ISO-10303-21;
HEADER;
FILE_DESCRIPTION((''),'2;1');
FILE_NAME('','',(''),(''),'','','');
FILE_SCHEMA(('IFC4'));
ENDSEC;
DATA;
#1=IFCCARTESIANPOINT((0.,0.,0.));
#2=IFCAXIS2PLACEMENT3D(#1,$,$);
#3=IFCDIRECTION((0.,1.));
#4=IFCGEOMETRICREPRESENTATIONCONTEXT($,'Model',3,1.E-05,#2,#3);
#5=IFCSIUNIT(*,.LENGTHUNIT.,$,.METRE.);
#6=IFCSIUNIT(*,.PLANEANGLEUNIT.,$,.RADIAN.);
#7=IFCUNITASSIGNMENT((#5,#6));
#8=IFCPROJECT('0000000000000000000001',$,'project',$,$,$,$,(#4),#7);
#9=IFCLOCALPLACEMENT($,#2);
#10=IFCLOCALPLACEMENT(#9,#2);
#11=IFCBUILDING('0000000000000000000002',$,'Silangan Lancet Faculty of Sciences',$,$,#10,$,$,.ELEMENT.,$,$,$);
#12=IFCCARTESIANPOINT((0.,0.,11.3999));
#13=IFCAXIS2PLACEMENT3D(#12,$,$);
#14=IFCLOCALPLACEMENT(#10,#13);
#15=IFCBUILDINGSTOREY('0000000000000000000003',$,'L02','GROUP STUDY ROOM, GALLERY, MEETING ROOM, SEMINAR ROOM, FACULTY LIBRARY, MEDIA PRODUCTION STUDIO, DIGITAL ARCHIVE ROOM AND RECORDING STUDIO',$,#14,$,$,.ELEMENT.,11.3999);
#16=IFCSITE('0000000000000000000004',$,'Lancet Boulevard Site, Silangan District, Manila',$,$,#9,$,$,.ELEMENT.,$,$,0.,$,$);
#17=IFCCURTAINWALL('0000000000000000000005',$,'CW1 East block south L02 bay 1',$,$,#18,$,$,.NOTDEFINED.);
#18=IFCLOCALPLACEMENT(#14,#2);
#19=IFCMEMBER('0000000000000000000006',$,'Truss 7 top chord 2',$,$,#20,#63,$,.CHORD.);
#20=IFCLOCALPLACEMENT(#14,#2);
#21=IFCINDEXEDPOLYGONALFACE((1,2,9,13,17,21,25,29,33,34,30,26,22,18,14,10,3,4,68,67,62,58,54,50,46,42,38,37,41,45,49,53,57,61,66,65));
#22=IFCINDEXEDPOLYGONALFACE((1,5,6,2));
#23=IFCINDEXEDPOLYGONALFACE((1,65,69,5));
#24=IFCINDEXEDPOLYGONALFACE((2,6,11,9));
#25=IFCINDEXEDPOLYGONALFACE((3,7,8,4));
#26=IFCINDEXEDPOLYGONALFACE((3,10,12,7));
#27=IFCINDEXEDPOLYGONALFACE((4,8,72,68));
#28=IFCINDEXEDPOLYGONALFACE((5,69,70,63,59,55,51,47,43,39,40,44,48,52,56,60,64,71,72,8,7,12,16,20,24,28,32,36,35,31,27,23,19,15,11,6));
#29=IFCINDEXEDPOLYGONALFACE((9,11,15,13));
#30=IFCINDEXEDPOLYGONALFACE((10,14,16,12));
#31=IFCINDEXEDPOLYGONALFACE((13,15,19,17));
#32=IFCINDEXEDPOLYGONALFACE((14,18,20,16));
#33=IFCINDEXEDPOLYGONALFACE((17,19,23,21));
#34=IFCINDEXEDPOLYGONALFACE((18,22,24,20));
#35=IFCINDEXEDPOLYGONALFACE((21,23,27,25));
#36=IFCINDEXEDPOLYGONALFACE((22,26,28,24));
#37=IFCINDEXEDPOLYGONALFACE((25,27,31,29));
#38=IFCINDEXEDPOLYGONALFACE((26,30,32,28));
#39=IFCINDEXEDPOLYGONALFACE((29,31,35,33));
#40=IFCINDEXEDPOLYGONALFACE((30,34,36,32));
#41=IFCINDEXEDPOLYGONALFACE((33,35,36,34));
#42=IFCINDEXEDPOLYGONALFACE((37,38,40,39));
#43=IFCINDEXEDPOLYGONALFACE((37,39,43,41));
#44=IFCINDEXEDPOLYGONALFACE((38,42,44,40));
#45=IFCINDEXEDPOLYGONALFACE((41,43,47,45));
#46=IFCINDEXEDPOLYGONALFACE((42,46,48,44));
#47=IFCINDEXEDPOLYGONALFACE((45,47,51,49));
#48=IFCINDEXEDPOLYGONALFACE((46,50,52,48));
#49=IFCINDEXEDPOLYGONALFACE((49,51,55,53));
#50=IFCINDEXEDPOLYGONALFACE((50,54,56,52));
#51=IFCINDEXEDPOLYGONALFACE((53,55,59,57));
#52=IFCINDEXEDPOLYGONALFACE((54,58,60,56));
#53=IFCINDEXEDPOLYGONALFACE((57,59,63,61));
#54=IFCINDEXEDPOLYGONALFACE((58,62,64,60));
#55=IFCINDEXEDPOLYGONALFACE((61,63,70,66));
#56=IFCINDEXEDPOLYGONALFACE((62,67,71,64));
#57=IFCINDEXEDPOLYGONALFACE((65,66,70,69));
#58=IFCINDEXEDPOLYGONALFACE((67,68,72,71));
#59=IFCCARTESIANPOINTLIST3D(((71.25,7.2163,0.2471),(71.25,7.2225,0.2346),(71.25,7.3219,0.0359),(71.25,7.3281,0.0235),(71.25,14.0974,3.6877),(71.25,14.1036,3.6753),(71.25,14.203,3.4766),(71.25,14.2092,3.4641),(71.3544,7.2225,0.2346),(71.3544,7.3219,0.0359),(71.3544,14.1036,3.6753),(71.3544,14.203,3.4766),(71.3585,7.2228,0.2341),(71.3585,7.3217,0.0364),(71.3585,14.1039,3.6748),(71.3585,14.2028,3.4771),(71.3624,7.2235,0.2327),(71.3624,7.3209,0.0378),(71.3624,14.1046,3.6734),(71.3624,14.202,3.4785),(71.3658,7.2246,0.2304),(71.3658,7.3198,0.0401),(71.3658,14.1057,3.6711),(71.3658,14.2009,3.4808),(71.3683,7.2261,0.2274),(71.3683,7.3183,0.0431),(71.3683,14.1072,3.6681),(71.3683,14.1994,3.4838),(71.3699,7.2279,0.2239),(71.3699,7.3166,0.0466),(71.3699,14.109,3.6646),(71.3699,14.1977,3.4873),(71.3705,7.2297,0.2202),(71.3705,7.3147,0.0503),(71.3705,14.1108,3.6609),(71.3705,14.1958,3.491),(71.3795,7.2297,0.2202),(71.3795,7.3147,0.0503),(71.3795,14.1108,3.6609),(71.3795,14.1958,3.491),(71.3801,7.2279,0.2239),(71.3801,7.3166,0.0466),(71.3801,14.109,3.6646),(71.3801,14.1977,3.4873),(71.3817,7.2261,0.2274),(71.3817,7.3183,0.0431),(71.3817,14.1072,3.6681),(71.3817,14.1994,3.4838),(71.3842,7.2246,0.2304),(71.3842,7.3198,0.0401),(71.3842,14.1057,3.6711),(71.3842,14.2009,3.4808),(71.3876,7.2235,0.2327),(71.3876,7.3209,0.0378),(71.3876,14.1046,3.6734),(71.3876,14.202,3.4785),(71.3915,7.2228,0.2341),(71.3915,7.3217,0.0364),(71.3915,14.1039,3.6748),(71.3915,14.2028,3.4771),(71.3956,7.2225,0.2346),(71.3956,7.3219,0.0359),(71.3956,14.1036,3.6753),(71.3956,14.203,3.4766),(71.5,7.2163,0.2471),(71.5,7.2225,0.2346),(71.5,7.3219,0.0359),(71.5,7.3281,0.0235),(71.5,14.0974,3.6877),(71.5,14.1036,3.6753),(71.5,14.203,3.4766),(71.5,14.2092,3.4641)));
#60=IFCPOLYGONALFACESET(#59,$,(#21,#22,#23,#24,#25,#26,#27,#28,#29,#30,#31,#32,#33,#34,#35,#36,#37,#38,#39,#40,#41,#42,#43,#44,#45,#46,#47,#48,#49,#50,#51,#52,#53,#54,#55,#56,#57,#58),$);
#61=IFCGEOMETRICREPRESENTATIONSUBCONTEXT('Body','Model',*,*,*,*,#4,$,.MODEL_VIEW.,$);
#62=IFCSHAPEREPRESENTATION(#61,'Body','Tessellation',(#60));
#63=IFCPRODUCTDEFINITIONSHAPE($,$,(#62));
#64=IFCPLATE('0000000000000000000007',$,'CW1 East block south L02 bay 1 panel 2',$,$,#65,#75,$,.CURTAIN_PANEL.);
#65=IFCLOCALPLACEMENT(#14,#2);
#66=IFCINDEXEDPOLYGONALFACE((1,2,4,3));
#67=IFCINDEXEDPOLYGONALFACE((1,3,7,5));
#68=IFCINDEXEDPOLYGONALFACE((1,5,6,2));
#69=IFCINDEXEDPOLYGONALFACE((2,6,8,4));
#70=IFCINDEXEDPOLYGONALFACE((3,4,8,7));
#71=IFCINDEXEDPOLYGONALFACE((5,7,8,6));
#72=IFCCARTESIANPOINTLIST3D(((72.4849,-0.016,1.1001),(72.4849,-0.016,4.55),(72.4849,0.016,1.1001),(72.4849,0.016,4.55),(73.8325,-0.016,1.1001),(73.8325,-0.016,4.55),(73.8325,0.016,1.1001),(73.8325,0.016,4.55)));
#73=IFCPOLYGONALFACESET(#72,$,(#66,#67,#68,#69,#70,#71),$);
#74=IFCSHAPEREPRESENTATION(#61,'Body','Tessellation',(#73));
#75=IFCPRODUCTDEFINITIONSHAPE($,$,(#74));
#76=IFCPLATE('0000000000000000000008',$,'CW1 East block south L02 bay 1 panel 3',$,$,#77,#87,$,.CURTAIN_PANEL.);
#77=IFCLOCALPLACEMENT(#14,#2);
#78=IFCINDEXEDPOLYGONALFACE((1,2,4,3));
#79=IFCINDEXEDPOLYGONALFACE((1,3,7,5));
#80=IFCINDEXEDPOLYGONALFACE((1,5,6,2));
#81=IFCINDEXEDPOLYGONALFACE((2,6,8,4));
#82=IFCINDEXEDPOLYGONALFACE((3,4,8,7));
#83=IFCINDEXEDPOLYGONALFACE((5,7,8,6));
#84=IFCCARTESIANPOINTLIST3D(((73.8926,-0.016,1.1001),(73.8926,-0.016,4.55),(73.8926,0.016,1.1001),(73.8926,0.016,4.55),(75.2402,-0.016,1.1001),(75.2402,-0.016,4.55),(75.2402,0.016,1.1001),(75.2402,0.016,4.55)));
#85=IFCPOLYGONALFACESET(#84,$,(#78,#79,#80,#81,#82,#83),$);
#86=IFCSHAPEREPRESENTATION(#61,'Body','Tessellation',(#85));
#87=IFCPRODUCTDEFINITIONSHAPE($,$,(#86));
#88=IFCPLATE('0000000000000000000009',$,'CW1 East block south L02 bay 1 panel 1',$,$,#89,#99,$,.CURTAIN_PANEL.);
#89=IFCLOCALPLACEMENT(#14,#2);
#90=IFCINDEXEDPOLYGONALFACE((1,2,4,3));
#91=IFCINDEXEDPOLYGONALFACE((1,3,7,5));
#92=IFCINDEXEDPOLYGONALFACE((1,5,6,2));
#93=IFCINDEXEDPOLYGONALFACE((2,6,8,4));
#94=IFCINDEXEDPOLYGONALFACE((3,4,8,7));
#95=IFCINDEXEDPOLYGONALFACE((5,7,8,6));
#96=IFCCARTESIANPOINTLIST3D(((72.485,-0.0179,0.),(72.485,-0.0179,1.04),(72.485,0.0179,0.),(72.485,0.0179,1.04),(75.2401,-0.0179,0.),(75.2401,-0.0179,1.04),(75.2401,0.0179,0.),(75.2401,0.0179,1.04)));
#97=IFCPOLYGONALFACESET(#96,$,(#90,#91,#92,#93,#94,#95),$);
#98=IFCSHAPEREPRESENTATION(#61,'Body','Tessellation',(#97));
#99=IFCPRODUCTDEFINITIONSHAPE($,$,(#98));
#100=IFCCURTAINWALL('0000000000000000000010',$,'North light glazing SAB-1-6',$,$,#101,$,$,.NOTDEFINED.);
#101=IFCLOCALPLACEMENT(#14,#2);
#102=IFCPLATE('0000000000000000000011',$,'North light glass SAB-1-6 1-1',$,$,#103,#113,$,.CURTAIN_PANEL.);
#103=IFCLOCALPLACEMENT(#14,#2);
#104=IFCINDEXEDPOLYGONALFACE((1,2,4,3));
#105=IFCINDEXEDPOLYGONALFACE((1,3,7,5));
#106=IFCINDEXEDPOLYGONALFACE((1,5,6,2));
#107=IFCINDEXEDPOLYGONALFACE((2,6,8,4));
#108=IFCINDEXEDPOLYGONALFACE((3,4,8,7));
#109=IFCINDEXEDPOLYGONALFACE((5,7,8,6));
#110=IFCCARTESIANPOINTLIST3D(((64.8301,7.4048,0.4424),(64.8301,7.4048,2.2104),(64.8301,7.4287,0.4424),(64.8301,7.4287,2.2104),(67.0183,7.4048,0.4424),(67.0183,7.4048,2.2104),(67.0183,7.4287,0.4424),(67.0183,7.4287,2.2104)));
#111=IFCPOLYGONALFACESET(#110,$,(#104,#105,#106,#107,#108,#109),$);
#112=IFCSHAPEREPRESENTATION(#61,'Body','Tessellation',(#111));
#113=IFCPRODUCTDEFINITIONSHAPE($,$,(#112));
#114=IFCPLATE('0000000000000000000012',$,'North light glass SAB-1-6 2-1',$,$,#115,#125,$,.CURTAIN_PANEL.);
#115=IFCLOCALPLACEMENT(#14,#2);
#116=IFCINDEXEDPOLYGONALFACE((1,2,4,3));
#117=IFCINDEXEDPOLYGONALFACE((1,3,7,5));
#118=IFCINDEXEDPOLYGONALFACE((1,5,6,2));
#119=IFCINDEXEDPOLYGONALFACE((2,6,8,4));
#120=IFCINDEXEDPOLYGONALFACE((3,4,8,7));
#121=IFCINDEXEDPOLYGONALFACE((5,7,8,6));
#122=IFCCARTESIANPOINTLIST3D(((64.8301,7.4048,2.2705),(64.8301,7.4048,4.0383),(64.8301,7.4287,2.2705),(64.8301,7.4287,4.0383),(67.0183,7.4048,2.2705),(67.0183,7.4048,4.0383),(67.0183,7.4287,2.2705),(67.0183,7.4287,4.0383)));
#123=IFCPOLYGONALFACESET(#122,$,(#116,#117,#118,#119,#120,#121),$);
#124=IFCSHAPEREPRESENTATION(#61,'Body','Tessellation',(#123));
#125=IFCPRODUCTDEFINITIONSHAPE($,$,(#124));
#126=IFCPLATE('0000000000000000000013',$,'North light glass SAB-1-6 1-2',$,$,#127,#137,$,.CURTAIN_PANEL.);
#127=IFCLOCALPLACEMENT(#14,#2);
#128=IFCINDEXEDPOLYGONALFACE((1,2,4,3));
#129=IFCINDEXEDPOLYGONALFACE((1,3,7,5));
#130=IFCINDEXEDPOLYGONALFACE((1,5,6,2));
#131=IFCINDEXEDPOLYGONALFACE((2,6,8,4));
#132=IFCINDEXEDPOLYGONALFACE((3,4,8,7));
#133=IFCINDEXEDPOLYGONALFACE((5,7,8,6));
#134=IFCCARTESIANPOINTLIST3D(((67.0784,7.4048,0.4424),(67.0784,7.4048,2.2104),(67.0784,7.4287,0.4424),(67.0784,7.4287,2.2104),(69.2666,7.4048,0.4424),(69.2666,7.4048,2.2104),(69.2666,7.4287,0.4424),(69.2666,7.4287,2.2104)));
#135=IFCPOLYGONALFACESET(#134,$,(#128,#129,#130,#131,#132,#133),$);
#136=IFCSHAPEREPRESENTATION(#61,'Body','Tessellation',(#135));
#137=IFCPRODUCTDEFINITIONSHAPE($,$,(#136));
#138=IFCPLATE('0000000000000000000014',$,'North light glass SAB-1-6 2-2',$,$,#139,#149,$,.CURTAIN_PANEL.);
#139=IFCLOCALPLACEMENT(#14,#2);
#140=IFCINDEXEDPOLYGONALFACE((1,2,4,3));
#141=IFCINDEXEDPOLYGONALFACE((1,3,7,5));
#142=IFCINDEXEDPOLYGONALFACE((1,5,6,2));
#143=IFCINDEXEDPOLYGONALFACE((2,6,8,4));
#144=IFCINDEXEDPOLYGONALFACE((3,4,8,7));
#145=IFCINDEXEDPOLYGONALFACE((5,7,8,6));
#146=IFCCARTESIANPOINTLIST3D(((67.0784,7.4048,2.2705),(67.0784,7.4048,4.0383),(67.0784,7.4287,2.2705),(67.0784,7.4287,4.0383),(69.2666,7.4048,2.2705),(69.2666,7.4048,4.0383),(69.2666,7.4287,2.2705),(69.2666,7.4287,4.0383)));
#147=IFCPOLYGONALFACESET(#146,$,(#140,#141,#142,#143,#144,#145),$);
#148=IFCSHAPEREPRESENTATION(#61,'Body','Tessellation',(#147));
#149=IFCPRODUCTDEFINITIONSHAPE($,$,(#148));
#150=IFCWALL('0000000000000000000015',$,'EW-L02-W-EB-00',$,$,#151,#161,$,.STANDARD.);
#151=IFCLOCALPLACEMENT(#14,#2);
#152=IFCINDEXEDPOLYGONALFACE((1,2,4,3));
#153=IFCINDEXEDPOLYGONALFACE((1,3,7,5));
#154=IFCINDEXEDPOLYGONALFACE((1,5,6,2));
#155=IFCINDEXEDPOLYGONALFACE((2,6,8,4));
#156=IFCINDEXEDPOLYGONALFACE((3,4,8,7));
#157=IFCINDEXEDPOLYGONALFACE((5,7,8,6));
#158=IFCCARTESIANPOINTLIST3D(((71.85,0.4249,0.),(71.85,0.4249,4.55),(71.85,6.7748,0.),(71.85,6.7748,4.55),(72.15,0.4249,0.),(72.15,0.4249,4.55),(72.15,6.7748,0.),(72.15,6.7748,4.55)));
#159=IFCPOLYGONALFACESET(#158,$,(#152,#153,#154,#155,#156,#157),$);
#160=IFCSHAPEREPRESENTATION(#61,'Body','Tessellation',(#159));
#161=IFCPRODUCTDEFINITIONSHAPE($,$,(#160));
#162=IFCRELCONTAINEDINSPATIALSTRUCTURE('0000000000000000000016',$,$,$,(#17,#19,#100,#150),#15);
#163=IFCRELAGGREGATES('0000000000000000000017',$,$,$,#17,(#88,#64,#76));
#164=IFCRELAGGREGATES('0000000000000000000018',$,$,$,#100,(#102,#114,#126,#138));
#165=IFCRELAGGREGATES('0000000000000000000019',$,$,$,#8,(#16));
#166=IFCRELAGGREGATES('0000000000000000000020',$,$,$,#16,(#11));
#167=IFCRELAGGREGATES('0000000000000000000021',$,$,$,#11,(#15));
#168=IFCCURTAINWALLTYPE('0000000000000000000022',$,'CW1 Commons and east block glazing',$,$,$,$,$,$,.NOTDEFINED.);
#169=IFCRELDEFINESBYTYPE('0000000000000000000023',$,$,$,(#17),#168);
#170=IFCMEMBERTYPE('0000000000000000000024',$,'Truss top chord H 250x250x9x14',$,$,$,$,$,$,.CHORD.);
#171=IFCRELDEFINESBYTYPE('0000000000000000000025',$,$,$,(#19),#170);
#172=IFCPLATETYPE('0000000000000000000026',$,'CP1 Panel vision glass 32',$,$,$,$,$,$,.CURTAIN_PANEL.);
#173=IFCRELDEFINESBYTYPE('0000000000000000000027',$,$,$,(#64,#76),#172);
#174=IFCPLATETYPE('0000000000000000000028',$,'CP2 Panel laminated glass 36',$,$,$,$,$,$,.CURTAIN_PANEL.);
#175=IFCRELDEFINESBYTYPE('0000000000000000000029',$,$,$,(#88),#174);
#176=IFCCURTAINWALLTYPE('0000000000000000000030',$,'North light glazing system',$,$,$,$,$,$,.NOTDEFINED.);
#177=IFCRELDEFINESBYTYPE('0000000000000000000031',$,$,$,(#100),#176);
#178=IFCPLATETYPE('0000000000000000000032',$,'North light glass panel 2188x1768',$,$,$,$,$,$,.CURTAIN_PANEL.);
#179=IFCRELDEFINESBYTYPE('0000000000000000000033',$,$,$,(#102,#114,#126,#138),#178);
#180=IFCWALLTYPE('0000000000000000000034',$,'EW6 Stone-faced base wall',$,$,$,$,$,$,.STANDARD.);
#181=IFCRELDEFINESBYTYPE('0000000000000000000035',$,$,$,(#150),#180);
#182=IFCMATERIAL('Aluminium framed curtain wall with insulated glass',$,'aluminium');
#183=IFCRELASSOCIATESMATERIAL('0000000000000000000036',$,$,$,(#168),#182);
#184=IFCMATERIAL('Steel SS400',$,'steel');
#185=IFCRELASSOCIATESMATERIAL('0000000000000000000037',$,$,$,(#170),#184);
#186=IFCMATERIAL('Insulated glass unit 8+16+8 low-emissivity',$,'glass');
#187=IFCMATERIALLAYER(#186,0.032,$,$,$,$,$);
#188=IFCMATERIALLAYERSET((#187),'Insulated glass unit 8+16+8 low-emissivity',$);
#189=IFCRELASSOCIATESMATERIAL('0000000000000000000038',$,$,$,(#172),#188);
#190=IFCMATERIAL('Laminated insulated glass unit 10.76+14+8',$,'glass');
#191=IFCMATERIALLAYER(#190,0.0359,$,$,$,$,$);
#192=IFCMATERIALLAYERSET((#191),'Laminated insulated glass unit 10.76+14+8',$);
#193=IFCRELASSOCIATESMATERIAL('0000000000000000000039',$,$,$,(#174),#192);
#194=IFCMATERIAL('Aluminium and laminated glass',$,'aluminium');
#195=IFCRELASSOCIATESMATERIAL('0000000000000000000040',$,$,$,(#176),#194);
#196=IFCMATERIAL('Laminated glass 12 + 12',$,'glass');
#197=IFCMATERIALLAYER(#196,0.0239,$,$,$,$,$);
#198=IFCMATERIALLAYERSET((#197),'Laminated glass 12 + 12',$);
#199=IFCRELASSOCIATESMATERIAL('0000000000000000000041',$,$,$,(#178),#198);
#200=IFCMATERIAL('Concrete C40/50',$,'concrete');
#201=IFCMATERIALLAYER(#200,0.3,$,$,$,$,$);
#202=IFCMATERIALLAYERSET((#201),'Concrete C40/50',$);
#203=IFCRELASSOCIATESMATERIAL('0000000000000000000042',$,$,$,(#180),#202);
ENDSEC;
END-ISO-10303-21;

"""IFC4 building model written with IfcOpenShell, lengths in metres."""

from ifc_helpers import new_model, si_unit, direction, frame, frame_2d, origin, origin_2d, place, context, subcontext, project, spatial, polyline, rectangle, i_section, outline, extrude, material, layer, layer_set, material_profile, profile_set, type_object, element, aggregate, save


model = new_model("IFC4")

# Units and contexts
model_context = context("Model", 3, precision=1e-05, world=origin(), true_north=direction((0.0, 1.0)))
body_context = subcontext(model_context, "Body", "Model", "MODEL_VIEW")
ifc_project = project(units=[si_unit("LENGTHUNIT", "METRE"), si_unit("PLANEANGLEUNIT", "RADIAN")], contexts=[model_context])

# Site, building, storey
site_placement = place(None, origin())
site = spatial("IfcSite", under=ifc_project, at=site_placement, Name="Lancet Boulevard Site, Silangan District, Manila", CompositionType="ELEMENT", RefElevation=0.0)
building_placement = place(site_placement, origin())
building = spatial("IfcBuilding", under=site, at=building_placement, Name="Silangan Lancet Faculty of Sciences", CompositionType="ELEMENT")
storey_placement = place(building_placement, frame((0.0, 0.0, 11.3999)))
storey = spatial("IfcBuildingStorey", under=building, at=storey_placement, Name="L02", Description="GROUP STUDY ROOM, GALLERY, MEETING ROOM, SEMINAR ROOM, FACULTY LIBRARY, MEDIA PRODUCTION STUDIO, DIGITAL ARCHIVE ROOM AND RECORDING STUDIO", CompositionType="ELEMENT", Elevation=11.3999)

# Curtain wall
ifc_material_1 = material(Name="Aluminium framed curtain wall with insulated glass", Category="aluminium")
curtain_wall_type_1 = type_object("IfcCurtainWallType", Name="CW1 Commons and east block glazing", PredefinedType="NOTDEFINED", material=ifc_material_1)
curtain_wall_1_placement = place(storey_placement, origin())
curtain_wall_1 = element("IfcCurtainWall", 1, at=curtain_wall_1_placement, inside=storey, type_object=curtain_wall_type_1, Name="CW1 East block south L02 bay 1", PredefinedType="NOTDEFINED")

# Member
ifc_material_2 = material(Name="Steel SS400", Category="steel")
ifc_material_profile_1 = material_profile(ifc_material_2, i_section(OverallWidth=0.25, OverallDepth=0.25, WebThickness=0.009, FlangeThickness=0.0139, FilletRadius=0.0161, at=origin_2d()), Name="H 250x250x9x14")
ifc_profile_set_1 = profile_set([ifc_material_profile_1], Name="Steel SS400")
member_type_1 = type_object("IfcMemberType", Name="Truss top chord H 250x250x9x14", PredefinedType="CHORD", material=ifc_profile_set_1)
for number, where, z_axis, x_axis, name in (
    (2, (71.375, 7.2722, 0.1353), (0.0, 0.894421, 0.447226), (-1.0, 0.0, 0.0), "Truss 7 top chord 2"),
):
    element("IfcMember", number, at=place(storey_placement, frame(where, z_axis=z_axis, x_axis=x_axis)), inside=storey, type_object=member_type_1, Name=name, PredefinedType="CHORD", context=body_context, shape_type="SweptSolid", body=[
        extrude(i_section(OverallWidth=0.25, OverallDepth=0.25, WebThickness=0.009, FlangeThickness=0.0139, FilletRadius=0.0161, at=origin_2d()), origin(), (0.0, 0.0, 1.0), 7.6934),
    ])

# Plates
ifc_material_3 = material(Name="Insulated glass unit 8+16+8 low-emissivity", Category="glass")
ifc_layer_1 = layer(ifc_material_3, 0.032)
ifc_layer_set_1 = layer_set([ifc_layer_1], Name="Insulated glass unit 8+16+8 low-emissivity")
plate_type_1 = type_object("IfcPlateType", Name="CP1 Panel vision glass 32", PredefinedType="CURTAIN_PANEL", material=ifc_layer_set_1)
plate_1_placement = place(storey_placement, frame((73.1587, 0.0, 1.1001), z_axis=(0.0, 0.0, 1.0), x_axis=(1.0, 0.0, 0.0)))
plate_1 = element("IfcPlate", 3, at=plate_1_placement, type_object=plate_type_1, Name="CW1 East block south L02 bay 1 panel 2", PredefinedType="CURTAIN_PANEL", context=body_context, shape_type="SweptSolid", body=[
    extrude(rectangle(XDim=1.3477, YDim=0.032, at=origin_2d()), origin(), (0.0, 0.0, 1.0), 3.45),
])
plate_2_placement = place(storey_placement, frame((74.5664, 0.0, 1.1001), z_axis=(0.0, 0.0, 1.0), x_axis=(1.0, 0.0, 0.0)))
plate_2 = element("IfcPlate", 4, at=plate_2_placement, type_object=plate_type_1, Name="CW1 East block south L02 bay 1 panel 3", PredefinedType="CURTAIN_PANEL", context=body_context, shape_type="SweptSolid", body=[
    extrude(rectangle(XDim=1.3477, YDim=0.032, at=origin_2d()), origin(), (0.0, 0.0, 1.0), 3.45),
])
ifc_material_4 = material(Name="Laminated insulated glass unit 10.76+14+8", Category="glass")
ifc_layer_2 = layer(ifc_material_4, 0.0359)
ifc_layer_set_2 = layer_set([ifc_layer_2], Name="Laminated insulated glass unit 10.76+14+8")
plate_type_2 = type_object("IfcPlateType", Name="CP2 Panel laminated glass 36", PredefinedType="CURTAIN_PANEL", material=ifc_layer_set_2)
plate_3_placement = place(storey_placement, frame((73.8625, 0.0, 0.0), z_axis=(0.0, 0.0, 1.0), x_axis=(1.0, 0.0, 0.0)))
plate_3 = element("IfcPlate", 5, at=plate_3_placement, type_object=plate_type_2, Name="CW1 East block south L02 bay 1 panel 1", PredefinedType="CURTAIN_PANEL", context=body_context, shape_type="SweptSolid", body=[
    extrude(rectangle(XDim=2.7551, YDim=0.0359, at=origin_2d()), origin(), (0.0, 0.0, 1.0), 1.04),
])
aggregate(curtain_wall_1, [plate_3, plate_1, plate_2])

# Curtain wall, plates
ifc_material_5 = material(Name="Aluminium and laminated glass", Category="aluminium")
curtain_wall_type_2 = type_object("IfcCurtainWallType", Name="North light glazing system", PredefinedType="NOTDEFINED", material=ifc_material_5)
curtain_wall_2_placement = place(storey_placement, origin())
curtain_wall_2 = element("IfcCurtainWall", 6, at=curtain_wall_2_placement, inside=storey, type_object=curtain_wall_type_2, Name="North light glazing SAB-1-6", PredefinedType="NOTDEFINED")
ifc_material_6 = material(Name="Laminated glass 12 + 12", Category="glass")
ifc_layer_3 = layer(ifc_material_6, 0.0239)
ifc_layer_set_3 = layer_set([ifc_layer_3], Name="Laminated glass 12 + 12")
plate_type_3 = type_object("IfcPlateType", Name="North light glass panel 2188x1768", PredefinedType="CURTAIN_PANEL", material=ifc_layer_set_3)
plate_4_placement = place(storey_placement, frame((64.8301, 7.4048, 0.4424), z_axis=(0.0, -1.0, 0.0), x_axis=(1.0, 0.0, 0.0)))
plate_4 = element("IfcPlate", 7, at=plate_4_placement, type_object=plate_type_3, Name="North light glass SAB-1-6 1-1", PredefinedType="CURTAIN_PANEL", context=body_context, shape_type="SweptSolid", body=[
    extrude(outline(polyline([(0.0, 0.0), (2.1882, 0.0), (2.1882, 1.7681), (0.0, 1.7681), (0.0, 0.0)])), origin(), (0.0, 0.0, -1.0), 0.0239),
])
plate_5_placement = place(storey_placement, frame((64.8301, 7.4048, 2.2705), z_axis=(0.0, -1.0, 0.0), x_axis=(1.0, 0.0, 0.0)))
plate_5 = element("IfcPlate", 8, at=plate_5_placement, type_object=plate_type_3, Name="North light glass SAB-1-6 2-1", PredefinedType="CURTAIN_PANEL", context=body_context, shape_type="SweptSolid", body=[
    extrude(outline(polyline([(0.0, 0.0), (2.1882, 0.0), (2.1882, 1.7678), (0.0, 1.7678), (0.0, 0.0)])), origin(), (0.0, 0.0, -1.0), 0.0239),
])
plate_6_placement = place(storey_placement, frame((67.0784, 7.4048, 0.4424), z_axis=(0.0, -1.0, 0.0), x_axis=(1.0, 0.0, 0.0)))
plate_6 = element("IfcPlate", 9, at=plate_6_placement, type_object=plate_type_3, Name="North light glass SAB-1-6 1-2", PredefinedType="CURTAIN_PANEL", context=body_context, shape_type="SweptSolid", body=[
    extrude(outline(polyline([(0.0, 0.0), (2.1882, 0.0), (2.1882, 1.7681), (0.0, 1.7681), (0.0, 0.0)])), origin(), (0.0, 0.0, -1.0), 0.0239),
])
plate_7_placement = place(storey_placement, frame((67.0784, 7.4048, 2.2705), z_axis=(0.0, -1.0, 0.0), x_axis=(1.0, 0.0, 0.0)))
plate_7 = element("IfcPlate", 10, at=plate_7_placement, type_object=plate_type_3, Name="North light glass SAB-1-6 2-2", PredefinedType="CURTAIN_PANEL", context=body_context, shape_type="SweptSolid", body=[
    extrude(outline(polyline([(0.0, 0.0), (2.1882, 0.0), (2.1882, 1.7678), (0.0, 1.7678), (0.0, 0.0)])), origin(), (0.0, 0.0, -1.0), 0.0239),
])
aggregate(curtain_wall_2, [plate_4, plate_5, plate_6, plate_7])

# Wall
ifc_material_7 = material(Name="Concrete C40/50", Category="concrete")
ifc_layer_4 = layer(ifc_material_7, 0.3)
ifc_layer_set_4 = layer_set([ifc_layer_4], Name="Concrete C40/50")
wall_type_1 = type_object("IfcWallType", Name="EW6 Stone-faced base wall", PredefinedType="STANDARD", material=ifc_layer_set_4)
wall_1_placement = place(storey_placement, frame((72.0, 0.425, 0.0), z_axis=(0.0, 0.0, 1.0), x_axis=(0.0, 1.0, 0.0)))
element("IfcWall", 11, at=wall_1_placement, inside=storey, type_object=wall_type_1, Name="EW-L02-W-EB-00", PredefinedType="STANDARD", context=body_context, shape_type="SweptSolid", body=[
    extrude(rectangle(XDim=6.3499, YDim=0.3, at=frame_2d((3.1748, 0.0))), origin(), (0.0, 0.0, 1.0), 4.55),
])

save(model, "model.ifc")
